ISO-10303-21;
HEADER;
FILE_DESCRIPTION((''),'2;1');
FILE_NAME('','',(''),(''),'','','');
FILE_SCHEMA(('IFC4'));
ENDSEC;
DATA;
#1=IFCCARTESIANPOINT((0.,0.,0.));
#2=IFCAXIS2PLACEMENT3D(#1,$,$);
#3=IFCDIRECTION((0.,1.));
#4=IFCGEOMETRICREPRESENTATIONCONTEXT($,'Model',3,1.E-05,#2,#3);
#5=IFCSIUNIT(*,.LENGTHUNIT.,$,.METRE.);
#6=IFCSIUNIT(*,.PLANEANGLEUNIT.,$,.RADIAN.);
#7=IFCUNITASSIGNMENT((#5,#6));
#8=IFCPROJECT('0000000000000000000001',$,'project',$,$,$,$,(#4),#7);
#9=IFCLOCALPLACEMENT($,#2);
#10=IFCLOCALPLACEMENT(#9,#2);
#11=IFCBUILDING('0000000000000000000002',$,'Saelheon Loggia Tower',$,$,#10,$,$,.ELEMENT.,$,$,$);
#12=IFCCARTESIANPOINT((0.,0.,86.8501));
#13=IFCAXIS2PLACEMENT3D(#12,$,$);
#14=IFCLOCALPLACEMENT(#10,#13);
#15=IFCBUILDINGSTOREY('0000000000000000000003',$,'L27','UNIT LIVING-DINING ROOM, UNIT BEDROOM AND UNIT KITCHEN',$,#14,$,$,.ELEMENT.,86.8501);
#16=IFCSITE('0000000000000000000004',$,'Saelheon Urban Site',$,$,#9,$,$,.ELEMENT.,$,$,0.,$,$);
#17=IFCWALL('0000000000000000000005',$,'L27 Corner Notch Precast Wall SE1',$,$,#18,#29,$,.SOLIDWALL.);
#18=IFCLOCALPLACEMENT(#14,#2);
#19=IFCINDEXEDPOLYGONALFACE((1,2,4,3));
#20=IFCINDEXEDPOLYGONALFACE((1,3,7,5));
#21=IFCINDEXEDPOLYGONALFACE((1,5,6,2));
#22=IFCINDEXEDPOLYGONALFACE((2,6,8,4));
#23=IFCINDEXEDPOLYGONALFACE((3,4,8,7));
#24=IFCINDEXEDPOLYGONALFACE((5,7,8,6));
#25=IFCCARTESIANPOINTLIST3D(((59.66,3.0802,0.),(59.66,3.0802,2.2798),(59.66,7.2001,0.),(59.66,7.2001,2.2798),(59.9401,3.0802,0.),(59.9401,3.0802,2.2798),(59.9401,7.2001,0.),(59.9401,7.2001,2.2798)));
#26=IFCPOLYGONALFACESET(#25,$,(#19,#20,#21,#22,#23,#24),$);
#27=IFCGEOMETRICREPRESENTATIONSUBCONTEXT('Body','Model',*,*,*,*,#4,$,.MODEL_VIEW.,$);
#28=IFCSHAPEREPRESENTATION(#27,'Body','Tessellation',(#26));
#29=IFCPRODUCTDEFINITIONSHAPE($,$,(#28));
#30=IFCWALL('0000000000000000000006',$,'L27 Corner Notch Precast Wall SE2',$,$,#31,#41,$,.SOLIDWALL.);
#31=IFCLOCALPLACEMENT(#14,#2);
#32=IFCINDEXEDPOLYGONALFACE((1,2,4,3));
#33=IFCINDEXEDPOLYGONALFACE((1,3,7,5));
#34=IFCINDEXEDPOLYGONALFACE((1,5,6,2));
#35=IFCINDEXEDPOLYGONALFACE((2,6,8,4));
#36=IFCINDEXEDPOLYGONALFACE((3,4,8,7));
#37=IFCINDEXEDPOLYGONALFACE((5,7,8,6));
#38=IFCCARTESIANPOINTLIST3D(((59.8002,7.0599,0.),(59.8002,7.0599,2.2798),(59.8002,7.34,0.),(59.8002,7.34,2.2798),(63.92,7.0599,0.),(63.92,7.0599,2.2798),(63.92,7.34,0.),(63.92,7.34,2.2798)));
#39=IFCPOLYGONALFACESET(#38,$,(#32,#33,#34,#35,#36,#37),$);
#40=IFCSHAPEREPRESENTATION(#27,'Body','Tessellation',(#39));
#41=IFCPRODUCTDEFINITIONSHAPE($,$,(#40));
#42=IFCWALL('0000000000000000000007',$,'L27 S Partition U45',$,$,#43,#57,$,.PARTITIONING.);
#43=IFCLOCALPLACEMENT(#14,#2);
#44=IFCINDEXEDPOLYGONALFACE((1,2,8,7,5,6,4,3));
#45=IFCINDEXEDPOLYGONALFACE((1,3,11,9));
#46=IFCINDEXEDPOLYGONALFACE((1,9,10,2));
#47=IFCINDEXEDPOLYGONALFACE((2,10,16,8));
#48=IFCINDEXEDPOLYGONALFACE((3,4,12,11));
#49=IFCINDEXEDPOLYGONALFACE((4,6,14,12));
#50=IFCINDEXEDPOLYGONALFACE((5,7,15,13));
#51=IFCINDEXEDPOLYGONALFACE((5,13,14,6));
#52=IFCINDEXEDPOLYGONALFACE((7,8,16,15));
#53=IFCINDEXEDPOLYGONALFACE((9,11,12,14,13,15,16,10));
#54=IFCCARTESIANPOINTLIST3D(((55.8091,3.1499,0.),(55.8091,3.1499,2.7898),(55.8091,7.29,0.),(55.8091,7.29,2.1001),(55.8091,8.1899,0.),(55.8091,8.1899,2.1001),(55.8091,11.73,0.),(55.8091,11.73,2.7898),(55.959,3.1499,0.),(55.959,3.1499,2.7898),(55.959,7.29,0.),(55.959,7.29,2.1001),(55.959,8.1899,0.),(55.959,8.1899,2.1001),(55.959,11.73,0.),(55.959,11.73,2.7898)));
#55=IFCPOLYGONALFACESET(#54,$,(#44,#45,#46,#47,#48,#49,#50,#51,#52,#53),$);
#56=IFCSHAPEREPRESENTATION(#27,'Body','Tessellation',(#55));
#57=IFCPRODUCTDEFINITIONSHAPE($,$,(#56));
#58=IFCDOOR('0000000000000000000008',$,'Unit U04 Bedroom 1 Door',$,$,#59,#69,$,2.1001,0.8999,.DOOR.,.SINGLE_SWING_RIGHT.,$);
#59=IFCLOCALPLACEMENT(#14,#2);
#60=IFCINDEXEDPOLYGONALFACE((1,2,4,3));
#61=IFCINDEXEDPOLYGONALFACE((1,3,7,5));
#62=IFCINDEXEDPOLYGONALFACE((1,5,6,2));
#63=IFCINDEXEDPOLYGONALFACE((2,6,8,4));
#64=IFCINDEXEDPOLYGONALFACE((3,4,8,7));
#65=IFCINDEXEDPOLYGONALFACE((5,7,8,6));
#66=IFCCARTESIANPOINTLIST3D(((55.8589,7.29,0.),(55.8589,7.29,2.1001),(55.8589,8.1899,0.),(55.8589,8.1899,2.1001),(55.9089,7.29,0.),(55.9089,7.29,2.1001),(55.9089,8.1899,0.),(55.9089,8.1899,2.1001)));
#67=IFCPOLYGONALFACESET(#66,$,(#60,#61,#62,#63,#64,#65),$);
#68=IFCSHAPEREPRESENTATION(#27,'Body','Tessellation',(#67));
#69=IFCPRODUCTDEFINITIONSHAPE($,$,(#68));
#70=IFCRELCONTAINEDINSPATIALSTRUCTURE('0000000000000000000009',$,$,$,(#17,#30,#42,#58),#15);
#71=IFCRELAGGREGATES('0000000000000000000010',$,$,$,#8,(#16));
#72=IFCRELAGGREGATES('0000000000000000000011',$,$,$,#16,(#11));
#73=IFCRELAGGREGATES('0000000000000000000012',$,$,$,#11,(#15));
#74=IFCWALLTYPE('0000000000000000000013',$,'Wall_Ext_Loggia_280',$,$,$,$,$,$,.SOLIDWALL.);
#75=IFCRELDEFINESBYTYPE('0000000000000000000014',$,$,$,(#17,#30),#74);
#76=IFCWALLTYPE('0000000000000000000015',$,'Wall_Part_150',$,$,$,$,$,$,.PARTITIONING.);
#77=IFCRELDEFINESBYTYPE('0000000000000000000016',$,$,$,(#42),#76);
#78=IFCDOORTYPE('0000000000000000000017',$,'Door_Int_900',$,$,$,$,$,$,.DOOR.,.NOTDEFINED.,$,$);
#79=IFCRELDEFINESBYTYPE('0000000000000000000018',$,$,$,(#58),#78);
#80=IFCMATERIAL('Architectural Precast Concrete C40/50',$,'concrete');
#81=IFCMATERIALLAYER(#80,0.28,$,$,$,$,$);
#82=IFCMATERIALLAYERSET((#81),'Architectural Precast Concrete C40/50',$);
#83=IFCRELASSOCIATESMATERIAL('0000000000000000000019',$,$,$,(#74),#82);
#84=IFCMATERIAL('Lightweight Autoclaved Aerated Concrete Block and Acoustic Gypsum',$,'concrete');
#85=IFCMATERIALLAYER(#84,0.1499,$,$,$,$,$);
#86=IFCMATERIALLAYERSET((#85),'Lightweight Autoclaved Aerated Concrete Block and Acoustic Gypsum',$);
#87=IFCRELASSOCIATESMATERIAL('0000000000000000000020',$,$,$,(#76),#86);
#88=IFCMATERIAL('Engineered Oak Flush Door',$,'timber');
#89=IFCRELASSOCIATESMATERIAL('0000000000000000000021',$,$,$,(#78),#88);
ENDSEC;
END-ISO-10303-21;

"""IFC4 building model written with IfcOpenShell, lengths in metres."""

from ifc_helpers import new_model, si_unit, direction, frame, frame_2d, origin, place, context, subcontext, project, spatial, rectangle, extrude, source, transform, mapped, material, layer, layer_set, type_object, element, fill, save


model = new_model("IFC4")

# Units and contexts
model_context = context("Model", 3, precision=1e-05, world=origin(), true_north=direction((0.0, 1.0)))
body_context = subcontext(model_context, "Body", "Model", "MODEL_VIEW")
ifc_project = project(units=[si_unit("LENGTHUNIT", "METRE"), si_unit("PLANEANGLEUNIT", "RADIAN")], contexts=[model_context])

# Site, building, storey
site_placement = place(None, origin())
site = spatial("IfcSite", under=ifc_project, at=site_placement, Name="Saelheon Urban Site", CompositionType="ELEMENT", RefElevation=0.0)
building_placement = place(site_placement, origin())
building = spatial("IfcBuilding", under=site, at=building_placement, Name="Saelheon Loggia Tower", CompositionType="ELEMENT")
storey_placement = place(building_placement, frame((0.0, 0.0, 86.8501)))
storey = spatial("IfcBuildingStorey", under=building, at=storey_placement, Name="L27", Description="UNIT LIVING-DINING ROOM, UNIT BEDROOM AND UNIT KITCHEN", CompositionType="ELEMENT", Elevation=86.8501)

# Shared definitions
ifc_material_1 = material(Name="Architectural Precast Concrete C40/50", Category="concrete")
ifc_layer_1 = layer(ifc_material_1, 0.28)
ifc_layer_set_1 = layer_set([ifc_layer_1], Name="Architectural Precast Concrete C40/50")
wall_type_1 = type_object("IfcWallType", Name="Wall_Ext_Loggia_280", PredefinedType="SOLIDWALL", material=ifc_layer_set_1)

# Walls
for number, where, z_axis, x_axis, name in (
    (1, (59.8, 3.0801, 0.0), (0.0, 0.0, 1.0), (0.0, 1.0, 0.0), "L27 Corner Notch Precast Wall SE1"),
    (2, (59.8, 7.2, 0.0), (0.0, 0.0, 1.0), (1.0, 0.0, 0.0), "L27 Corner Notch Precast Wall SE2"),
):
    element("IfcWall", number, at=place(storey_placement, frame(where, z_axis=z_axis, x_axis=x_axis)), inside=storey, type_object=wall_type_1, Name=name, PredefinedType="SOLIDWALL", context=body_context, shape_type="SweptSolid", body=[
        extrude(rectangle(XDim=4.1199, YDim=0.28, at=frame_2d((2.0601, 0.0))), origin(), (0.0, 0.0, 1.0), 2.2798),
    ])

# Wall, opening, door
ifc_material_2 = material(Name="Lightweight Autoclaved Aerated Concrete Block and Acoustic Gypsum", Category="concrete")
ifc_layer_2 = layer(ifc_material_2, 0.1499)
ifc_layer_set_2 = layer_set([ifc_layer_2], Name="Lightweight Autoclaved Aerated Concrete Block and Acoustic Gypsum")
wall_type_2 = type_object("IfcWallType", Name="Wall_Part_150", PredefinedType="PARTITIONING", material=ifc_layer_set_2)
wall_1_placement = place(storey_placement, frame((55.884, 11.73, 0.0), z_axis=(0.0, 0.0, 1.0), x_axis=(0.0, -1.0, 0.0)))
wall_1 = element("IfcWall", 3, at=wall_1_placement, inside=storey, type_object=wall_type_2, Name="L27 S Partition U45", PredefinedType="PARTITIONING", context=body_context, shape_type="SweptSolid", body=[
    extrude(rectangle(XDim=8.5801, YDim=0.1499, at=frame_2d((4.29, 0.0))), origin(), (0.0, 0.0, 1.0), 2.7898),
])
opening_1_placement = place(wall_1_placement, frame((3.54, 0.0, 0.0)))
opening_1 = element("IfcOpeningElement", 4, at=opening_1_placement, cuts=wall_1, PredefinedType="OPENING", context=body_context, shape_type="SweptSolid", body=[
    extrude(rectangle(XDim=0.8999, YDim=2.1001, at=frame_2d((0.45, 1.05))), frame((0.0, 0.0869, 0.0), z_axis=(0.0, -1.0, 0.0), x_axis=(1.0, 0.0, 0.0)), (0.0, 0.0, 1.0), 0.1738),
])
ifc_material_3 = material(Name="Engineered Oak Flush Door", Category="timber")
door_type_1 = type_object("IfcDoorType", Name="Door_Int_900", OperationType="NOTDEFINED", PredefinedType="DOOR", material=ifc_material_3)
shared_shape_1 = source(origin(), body_context, "Body", "SweptSolid", [
    extrude(rectangle(XDim=0.8999, YDim=2.1001, at=frame_2d((0.45, 1.05))), frame((0.0, 0.0249, 0.0), z_axis=(0.0, -1.0, 0.0), x_axis=(1.0, 0.0, 0.0)), (0.0, 0.0, 1.0), 0.05),
])
door_1_placement = place(opening_1_placement, origin())
door_1 = element("IfcDoor", 5, at=door_1_placement, inside=storey, type_object=door_type_1, Name="Unit U04 Bedroom 1 Door", OperationType="SINGLE_SWING_RIGHT", OverallHeight=2.1001, OverallWidth=0.8999, PredefinedType="DOOR", context=body_context, shape_type="MappedRepresentation", body=[
    mapped(shared_shape_1, transform((0.0, 0.0, 0.0), scale=1.0)),
])
fill(opening_1, door_1)

save(model, "model.ifc")
